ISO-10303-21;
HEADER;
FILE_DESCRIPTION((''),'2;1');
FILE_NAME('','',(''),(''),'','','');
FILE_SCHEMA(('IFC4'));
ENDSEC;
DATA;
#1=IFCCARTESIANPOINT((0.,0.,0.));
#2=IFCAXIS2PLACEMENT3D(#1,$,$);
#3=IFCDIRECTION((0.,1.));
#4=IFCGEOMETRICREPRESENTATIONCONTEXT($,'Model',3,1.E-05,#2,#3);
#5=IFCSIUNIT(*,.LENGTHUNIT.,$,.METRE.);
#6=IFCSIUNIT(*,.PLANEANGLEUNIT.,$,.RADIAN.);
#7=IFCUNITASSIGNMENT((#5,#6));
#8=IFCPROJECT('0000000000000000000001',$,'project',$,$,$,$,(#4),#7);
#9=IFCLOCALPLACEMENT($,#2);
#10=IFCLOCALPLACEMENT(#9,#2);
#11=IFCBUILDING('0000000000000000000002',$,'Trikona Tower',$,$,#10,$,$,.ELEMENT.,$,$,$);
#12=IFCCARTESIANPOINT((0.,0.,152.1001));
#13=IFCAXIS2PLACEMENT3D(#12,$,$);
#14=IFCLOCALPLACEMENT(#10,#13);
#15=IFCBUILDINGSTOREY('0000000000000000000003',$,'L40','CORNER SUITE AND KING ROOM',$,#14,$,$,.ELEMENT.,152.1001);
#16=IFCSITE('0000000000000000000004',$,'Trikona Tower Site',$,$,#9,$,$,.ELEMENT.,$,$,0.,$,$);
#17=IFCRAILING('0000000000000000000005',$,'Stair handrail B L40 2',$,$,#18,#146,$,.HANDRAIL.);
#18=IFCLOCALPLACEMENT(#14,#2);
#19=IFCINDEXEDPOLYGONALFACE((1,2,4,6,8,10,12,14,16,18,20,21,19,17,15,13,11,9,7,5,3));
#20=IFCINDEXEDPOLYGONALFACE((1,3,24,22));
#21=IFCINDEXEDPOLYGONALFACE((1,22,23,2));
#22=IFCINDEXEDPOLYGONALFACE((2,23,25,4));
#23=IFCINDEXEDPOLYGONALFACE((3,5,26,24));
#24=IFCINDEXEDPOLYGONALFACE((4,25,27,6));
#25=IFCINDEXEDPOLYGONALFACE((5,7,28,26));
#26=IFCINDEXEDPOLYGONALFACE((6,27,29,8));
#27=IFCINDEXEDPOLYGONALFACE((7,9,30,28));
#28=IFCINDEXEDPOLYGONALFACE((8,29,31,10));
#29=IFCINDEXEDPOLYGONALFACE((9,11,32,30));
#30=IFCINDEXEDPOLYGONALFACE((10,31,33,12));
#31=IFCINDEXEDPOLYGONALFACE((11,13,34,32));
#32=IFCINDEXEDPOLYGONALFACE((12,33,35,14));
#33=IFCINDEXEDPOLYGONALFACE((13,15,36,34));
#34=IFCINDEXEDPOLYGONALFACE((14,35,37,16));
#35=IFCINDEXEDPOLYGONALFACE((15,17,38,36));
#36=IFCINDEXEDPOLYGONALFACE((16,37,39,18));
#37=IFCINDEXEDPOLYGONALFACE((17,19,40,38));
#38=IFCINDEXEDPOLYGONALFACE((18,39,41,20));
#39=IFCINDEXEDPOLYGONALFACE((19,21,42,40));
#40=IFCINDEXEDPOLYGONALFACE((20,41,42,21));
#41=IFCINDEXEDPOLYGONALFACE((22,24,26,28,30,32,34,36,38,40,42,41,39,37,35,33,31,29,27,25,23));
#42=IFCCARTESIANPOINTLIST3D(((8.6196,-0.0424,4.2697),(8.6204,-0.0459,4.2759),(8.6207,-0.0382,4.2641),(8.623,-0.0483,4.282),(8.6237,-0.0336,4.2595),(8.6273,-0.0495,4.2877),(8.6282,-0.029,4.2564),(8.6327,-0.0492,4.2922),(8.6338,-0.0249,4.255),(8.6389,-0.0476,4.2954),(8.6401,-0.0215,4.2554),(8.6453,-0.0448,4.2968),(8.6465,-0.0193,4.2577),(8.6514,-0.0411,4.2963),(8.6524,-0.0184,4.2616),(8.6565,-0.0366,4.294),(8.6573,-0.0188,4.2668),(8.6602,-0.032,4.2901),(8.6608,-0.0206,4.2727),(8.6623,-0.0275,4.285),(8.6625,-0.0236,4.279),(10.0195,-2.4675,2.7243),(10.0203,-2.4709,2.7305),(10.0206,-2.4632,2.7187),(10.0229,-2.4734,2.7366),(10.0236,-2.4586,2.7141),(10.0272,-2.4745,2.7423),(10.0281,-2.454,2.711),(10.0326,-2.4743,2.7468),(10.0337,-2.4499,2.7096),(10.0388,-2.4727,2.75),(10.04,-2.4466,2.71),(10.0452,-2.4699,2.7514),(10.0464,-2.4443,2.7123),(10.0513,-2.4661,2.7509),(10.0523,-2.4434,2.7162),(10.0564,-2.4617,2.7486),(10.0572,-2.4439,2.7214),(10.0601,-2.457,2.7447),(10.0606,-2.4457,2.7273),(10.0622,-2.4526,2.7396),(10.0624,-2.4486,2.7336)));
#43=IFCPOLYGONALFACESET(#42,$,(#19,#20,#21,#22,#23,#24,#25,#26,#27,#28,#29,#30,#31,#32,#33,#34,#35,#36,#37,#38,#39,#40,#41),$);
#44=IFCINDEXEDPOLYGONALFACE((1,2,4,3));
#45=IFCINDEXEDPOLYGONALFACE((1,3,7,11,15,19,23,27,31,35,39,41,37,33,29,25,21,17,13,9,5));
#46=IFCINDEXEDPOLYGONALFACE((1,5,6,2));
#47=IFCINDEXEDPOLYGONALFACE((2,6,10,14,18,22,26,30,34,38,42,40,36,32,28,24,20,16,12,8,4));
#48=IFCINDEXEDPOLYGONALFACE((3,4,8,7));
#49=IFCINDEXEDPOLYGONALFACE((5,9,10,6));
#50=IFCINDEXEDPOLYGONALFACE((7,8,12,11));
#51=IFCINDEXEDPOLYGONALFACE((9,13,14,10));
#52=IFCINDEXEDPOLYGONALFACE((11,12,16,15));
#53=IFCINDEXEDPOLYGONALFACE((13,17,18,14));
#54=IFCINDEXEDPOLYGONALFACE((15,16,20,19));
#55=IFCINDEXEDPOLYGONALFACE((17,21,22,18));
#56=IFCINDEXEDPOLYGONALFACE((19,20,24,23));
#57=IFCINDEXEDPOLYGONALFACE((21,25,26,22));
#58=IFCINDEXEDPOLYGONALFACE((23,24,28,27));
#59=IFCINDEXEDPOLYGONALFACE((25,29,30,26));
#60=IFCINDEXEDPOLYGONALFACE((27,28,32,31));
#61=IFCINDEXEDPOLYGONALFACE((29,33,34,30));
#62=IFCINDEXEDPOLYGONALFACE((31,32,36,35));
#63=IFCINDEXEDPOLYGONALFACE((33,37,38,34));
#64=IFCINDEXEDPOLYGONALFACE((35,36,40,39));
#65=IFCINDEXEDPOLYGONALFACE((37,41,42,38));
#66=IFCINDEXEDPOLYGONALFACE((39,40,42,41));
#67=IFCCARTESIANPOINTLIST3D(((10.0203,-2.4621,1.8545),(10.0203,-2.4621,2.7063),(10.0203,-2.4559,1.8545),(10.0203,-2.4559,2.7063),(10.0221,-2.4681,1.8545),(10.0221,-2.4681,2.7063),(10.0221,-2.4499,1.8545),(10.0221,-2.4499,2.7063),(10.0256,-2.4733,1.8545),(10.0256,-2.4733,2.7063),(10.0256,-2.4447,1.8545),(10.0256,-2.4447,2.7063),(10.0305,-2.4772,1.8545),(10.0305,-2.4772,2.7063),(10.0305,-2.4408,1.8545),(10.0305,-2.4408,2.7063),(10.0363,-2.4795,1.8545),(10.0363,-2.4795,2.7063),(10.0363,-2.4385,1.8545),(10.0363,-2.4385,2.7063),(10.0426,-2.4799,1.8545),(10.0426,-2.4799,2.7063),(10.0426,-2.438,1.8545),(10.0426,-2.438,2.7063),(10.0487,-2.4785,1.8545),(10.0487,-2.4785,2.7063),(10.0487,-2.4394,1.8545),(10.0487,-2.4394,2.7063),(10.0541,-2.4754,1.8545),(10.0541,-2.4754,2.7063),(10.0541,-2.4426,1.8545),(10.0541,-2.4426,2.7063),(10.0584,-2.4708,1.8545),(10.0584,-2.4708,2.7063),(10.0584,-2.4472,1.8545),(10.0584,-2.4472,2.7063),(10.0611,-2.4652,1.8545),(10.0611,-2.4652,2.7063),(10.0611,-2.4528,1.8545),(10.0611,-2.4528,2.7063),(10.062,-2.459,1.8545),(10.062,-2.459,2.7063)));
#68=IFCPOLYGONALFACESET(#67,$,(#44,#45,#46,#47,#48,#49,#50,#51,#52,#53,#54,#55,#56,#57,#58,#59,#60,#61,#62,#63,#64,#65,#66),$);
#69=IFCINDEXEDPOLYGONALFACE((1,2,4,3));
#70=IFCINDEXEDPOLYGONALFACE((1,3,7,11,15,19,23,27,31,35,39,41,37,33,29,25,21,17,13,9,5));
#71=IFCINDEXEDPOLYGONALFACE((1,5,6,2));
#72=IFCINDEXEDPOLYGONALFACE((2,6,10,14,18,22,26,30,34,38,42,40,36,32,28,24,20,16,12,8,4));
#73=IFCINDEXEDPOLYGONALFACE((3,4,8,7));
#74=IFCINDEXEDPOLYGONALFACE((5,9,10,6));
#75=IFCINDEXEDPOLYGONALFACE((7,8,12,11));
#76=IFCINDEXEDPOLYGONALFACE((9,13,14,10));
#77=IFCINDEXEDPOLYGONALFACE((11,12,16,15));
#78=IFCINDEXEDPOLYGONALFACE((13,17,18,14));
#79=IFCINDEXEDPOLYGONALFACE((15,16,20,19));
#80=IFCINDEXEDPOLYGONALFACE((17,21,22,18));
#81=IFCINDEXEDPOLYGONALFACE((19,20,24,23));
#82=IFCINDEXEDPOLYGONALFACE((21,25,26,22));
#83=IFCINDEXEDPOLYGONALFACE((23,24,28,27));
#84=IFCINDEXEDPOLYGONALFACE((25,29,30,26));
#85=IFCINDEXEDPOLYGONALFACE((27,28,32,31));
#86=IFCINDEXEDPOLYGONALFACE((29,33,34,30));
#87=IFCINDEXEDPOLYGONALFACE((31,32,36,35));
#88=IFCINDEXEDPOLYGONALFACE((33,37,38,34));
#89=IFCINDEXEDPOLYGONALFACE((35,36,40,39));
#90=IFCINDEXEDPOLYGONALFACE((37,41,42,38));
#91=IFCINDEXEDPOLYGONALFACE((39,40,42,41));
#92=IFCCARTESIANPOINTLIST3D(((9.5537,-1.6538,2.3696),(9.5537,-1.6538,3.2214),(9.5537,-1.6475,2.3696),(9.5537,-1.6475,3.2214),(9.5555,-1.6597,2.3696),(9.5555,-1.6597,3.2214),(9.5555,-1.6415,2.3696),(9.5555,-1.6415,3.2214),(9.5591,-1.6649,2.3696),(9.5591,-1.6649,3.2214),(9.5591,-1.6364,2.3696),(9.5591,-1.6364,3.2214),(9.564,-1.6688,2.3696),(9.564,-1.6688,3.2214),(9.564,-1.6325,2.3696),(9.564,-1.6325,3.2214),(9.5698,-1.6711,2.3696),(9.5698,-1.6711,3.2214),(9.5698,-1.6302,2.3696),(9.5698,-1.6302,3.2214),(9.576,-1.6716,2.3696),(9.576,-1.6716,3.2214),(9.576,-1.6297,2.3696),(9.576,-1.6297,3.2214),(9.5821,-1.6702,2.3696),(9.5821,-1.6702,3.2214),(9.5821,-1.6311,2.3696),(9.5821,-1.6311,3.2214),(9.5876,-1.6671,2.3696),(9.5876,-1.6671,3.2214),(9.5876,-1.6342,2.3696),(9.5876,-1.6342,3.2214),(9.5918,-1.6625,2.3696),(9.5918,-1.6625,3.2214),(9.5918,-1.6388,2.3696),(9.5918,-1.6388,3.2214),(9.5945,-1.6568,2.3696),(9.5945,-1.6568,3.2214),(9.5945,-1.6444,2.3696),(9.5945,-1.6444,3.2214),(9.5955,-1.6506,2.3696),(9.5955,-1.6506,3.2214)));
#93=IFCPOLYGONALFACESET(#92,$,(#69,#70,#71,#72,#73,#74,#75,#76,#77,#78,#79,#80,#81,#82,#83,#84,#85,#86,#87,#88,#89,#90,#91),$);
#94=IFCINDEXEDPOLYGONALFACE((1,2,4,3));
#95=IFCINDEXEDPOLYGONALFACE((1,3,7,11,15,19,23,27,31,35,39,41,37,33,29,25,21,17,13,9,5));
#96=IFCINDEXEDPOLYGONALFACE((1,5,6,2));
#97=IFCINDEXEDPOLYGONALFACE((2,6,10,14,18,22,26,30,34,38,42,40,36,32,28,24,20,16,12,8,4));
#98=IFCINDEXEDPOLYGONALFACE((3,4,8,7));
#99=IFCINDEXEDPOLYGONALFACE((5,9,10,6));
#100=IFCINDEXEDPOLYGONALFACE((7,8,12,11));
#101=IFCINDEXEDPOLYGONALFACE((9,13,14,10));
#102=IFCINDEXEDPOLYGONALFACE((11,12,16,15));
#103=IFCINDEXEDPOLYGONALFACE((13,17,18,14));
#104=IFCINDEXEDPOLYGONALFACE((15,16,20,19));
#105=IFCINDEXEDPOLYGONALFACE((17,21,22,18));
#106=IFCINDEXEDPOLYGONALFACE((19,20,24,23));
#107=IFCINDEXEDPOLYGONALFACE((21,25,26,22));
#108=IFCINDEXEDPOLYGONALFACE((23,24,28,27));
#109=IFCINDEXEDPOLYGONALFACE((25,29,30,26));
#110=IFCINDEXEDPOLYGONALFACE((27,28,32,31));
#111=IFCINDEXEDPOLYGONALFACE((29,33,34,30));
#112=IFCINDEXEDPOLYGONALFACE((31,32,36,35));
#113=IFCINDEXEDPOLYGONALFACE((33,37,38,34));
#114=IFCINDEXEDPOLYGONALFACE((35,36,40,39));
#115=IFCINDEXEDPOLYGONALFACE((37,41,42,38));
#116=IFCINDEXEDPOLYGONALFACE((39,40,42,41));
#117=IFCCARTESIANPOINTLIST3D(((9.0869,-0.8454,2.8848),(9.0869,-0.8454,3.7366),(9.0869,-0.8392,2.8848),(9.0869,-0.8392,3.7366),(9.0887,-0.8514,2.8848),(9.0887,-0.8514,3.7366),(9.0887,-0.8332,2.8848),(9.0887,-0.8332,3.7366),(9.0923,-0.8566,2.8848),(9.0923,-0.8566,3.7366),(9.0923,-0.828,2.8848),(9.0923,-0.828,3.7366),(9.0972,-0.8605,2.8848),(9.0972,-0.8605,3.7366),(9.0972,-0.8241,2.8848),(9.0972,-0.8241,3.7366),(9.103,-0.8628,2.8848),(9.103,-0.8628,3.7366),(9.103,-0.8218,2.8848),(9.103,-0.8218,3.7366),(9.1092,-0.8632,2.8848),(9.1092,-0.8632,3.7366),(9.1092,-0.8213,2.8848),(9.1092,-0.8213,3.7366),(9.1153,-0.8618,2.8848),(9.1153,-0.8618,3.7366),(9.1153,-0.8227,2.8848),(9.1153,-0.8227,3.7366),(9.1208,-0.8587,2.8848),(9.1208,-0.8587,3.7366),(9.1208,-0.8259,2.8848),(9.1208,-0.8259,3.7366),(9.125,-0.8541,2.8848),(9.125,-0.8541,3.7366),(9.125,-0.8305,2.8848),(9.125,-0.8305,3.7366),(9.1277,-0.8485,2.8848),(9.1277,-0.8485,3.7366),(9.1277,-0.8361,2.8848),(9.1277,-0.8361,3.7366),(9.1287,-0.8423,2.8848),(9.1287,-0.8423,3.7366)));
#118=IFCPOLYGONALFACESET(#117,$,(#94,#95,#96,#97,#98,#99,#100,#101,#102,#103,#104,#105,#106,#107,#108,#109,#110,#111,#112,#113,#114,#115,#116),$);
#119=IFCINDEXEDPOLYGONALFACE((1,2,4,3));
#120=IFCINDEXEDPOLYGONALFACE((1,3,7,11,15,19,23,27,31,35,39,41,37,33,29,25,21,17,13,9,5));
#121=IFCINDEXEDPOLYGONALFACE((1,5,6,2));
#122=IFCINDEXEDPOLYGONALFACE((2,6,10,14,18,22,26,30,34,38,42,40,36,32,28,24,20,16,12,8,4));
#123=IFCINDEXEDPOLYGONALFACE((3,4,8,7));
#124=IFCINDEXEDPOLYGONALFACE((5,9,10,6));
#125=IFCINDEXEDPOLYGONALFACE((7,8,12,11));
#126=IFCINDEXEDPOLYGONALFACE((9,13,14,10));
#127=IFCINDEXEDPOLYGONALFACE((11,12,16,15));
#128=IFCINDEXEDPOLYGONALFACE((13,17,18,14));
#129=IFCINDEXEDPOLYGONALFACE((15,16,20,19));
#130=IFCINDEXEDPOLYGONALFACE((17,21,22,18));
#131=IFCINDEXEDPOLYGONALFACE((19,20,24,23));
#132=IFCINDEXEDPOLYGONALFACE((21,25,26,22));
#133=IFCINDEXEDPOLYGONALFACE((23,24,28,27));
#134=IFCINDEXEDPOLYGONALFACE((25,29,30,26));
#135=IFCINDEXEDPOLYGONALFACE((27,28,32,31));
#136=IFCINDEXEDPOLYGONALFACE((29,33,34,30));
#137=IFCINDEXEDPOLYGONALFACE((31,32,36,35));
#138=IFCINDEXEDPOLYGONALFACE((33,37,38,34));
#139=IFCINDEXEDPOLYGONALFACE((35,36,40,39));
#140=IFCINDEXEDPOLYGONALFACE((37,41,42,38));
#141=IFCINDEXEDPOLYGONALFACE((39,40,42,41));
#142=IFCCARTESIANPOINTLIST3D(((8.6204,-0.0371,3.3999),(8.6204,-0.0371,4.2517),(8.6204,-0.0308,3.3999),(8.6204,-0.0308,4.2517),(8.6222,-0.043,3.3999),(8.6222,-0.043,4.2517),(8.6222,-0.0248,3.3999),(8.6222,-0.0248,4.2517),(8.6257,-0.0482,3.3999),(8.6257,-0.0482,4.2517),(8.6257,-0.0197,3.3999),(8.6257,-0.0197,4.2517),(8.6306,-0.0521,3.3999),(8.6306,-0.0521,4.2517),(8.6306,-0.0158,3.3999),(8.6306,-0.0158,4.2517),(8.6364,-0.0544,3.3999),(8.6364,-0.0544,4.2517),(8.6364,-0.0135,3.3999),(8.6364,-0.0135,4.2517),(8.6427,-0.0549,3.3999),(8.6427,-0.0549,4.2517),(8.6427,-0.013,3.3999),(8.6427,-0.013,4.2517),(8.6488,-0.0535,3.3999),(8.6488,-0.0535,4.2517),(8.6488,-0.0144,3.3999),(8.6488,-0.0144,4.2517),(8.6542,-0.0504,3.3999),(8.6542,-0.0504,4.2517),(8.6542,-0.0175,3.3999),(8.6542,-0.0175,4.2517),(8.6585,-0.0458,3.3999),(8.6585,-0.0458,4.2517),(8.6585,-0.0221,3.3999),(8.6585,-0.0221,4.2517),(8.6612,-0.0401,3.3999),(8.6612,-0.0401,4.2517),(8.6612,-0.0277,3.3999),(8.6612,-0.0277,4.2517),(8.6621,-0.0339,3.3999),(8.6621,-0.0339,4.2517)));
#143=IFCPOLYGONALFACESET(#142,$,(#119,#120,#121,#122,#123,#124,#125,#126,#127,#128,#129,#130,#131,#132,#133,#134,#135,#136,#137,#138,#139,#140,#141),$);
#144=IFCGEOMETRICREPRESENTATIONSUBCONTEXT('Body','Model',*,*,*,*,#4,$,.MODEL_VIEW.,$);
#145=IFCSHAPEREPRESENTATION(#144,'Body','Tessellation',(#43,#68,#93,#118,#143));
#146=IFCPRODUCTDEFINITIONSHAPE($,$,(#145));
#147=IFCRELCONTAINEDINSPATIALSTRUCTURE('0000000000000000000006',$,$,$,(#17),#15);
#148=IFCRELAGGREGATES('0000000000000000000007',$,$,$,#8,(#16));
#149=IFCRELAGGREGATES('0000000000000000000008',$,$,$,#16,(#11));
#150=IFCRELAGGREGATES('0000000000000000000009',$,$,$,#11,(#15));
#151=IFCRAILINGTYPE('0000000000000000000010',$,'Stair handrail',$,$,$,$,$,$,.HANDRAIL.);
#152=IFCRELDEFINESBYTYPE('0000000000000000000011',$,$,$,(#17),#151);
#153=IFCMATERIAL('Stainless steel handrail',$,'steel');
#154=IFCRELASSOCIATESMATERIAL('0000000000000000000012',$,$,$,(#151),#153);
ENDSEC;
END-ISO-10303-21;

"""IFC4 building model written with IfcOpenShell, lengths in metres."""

from ifc_helpers import new_model, si_unit, direction, frame, origin, origin_2d, place, context, subcontext, project, spatial, circle, extrude, material, type_object, element, save


model = new_model("IFC4")

# Units and contexts
model_context = context("Model", 3, precision=1e-05, world=origin(), true_north=direction((0.0, 1.0)))
body_context = subcontext(model_context, "Body", "Model", "MODEL_VIEW")
ifc_project = project(units=[si_unit("LENGTHUNIT", "METRE"), si_unit("PLANEANGLEUNIT", "RADIAN")], contexts=[model_context])

# Site, building, storey
site_placement = place(None, origin())
site = spatial("IfcSite", under=ifc_project, at=site_placement, Name="Trikona Tower Site", CompositionType="ELEMENT", RefElevation=0.0)
building_placement = place(site_placement, origin())
building = spatial("IfcBuilding", under=site, at=building_placement, Name="Trikona Tower", CompositionType="ELEMENT")
storey_placement = place(building_placement, frame((0.0, 0.0, 152.1001)))
storey = spatial("IfcBuildingStorey", under=building, at=storey_placement, Name="L40", Description="CORNER SUITE AND KING ROOM", CompositionType="ELEMENT", Elevation=152.1001)

# Railing
ifc_material_1 = material(Name="Stainless steel handrail", Category="steel")
railing_type = type_object("IfcRailingType", Name="Stair handrail", PredefinedType="HANDRAIL", material=ifc_material_1)
railing_placement = place(storey_placement, frame((10.041, -2.459, 1.8545)))
element("IfcRailing", 1, at=railing_placement, inside=storey, type_object=railing_type, Name="Stair handrail B L40 2", PredefinedType="HANDRAIL", context=body_context, shape_type="SweptSolid", body=[
    extrude(circle(Radius=0.0239, at=origin_2d()), frame((0.0, 0.0, 0.876), z_axis=(-0.437707, 0.75824, 0.483203), x_axis=(-0.866056, -0.499946, 0.0)), (0.0, 0.0, 1.0), 3.1982),
    extrude(circle(Radius=0.021, at=origin_2d()), origin(), (0.0, 0.0, 1.0), 0.8518),
    extrude(circle(Radius=0.021, at=origin_2d()), frame((-0.4666, 0.8083, 0.5151)), (0.0, 0.0, 1.0), 0.8518),
    extrude(circle(Radius=0.021, at=origin_2d()), frame((-0.9333, 1.6167, 1.0303)), (0.0, 0.0, 1.0), 0.8518),
    extrude(circle(Radius=0.021, at=origin_2d()), frame((-1.3999, 2.425, 1.5454)), (0.0, 0.0, 1.0), 0.8518),
])

save(model, "model.ifc")
